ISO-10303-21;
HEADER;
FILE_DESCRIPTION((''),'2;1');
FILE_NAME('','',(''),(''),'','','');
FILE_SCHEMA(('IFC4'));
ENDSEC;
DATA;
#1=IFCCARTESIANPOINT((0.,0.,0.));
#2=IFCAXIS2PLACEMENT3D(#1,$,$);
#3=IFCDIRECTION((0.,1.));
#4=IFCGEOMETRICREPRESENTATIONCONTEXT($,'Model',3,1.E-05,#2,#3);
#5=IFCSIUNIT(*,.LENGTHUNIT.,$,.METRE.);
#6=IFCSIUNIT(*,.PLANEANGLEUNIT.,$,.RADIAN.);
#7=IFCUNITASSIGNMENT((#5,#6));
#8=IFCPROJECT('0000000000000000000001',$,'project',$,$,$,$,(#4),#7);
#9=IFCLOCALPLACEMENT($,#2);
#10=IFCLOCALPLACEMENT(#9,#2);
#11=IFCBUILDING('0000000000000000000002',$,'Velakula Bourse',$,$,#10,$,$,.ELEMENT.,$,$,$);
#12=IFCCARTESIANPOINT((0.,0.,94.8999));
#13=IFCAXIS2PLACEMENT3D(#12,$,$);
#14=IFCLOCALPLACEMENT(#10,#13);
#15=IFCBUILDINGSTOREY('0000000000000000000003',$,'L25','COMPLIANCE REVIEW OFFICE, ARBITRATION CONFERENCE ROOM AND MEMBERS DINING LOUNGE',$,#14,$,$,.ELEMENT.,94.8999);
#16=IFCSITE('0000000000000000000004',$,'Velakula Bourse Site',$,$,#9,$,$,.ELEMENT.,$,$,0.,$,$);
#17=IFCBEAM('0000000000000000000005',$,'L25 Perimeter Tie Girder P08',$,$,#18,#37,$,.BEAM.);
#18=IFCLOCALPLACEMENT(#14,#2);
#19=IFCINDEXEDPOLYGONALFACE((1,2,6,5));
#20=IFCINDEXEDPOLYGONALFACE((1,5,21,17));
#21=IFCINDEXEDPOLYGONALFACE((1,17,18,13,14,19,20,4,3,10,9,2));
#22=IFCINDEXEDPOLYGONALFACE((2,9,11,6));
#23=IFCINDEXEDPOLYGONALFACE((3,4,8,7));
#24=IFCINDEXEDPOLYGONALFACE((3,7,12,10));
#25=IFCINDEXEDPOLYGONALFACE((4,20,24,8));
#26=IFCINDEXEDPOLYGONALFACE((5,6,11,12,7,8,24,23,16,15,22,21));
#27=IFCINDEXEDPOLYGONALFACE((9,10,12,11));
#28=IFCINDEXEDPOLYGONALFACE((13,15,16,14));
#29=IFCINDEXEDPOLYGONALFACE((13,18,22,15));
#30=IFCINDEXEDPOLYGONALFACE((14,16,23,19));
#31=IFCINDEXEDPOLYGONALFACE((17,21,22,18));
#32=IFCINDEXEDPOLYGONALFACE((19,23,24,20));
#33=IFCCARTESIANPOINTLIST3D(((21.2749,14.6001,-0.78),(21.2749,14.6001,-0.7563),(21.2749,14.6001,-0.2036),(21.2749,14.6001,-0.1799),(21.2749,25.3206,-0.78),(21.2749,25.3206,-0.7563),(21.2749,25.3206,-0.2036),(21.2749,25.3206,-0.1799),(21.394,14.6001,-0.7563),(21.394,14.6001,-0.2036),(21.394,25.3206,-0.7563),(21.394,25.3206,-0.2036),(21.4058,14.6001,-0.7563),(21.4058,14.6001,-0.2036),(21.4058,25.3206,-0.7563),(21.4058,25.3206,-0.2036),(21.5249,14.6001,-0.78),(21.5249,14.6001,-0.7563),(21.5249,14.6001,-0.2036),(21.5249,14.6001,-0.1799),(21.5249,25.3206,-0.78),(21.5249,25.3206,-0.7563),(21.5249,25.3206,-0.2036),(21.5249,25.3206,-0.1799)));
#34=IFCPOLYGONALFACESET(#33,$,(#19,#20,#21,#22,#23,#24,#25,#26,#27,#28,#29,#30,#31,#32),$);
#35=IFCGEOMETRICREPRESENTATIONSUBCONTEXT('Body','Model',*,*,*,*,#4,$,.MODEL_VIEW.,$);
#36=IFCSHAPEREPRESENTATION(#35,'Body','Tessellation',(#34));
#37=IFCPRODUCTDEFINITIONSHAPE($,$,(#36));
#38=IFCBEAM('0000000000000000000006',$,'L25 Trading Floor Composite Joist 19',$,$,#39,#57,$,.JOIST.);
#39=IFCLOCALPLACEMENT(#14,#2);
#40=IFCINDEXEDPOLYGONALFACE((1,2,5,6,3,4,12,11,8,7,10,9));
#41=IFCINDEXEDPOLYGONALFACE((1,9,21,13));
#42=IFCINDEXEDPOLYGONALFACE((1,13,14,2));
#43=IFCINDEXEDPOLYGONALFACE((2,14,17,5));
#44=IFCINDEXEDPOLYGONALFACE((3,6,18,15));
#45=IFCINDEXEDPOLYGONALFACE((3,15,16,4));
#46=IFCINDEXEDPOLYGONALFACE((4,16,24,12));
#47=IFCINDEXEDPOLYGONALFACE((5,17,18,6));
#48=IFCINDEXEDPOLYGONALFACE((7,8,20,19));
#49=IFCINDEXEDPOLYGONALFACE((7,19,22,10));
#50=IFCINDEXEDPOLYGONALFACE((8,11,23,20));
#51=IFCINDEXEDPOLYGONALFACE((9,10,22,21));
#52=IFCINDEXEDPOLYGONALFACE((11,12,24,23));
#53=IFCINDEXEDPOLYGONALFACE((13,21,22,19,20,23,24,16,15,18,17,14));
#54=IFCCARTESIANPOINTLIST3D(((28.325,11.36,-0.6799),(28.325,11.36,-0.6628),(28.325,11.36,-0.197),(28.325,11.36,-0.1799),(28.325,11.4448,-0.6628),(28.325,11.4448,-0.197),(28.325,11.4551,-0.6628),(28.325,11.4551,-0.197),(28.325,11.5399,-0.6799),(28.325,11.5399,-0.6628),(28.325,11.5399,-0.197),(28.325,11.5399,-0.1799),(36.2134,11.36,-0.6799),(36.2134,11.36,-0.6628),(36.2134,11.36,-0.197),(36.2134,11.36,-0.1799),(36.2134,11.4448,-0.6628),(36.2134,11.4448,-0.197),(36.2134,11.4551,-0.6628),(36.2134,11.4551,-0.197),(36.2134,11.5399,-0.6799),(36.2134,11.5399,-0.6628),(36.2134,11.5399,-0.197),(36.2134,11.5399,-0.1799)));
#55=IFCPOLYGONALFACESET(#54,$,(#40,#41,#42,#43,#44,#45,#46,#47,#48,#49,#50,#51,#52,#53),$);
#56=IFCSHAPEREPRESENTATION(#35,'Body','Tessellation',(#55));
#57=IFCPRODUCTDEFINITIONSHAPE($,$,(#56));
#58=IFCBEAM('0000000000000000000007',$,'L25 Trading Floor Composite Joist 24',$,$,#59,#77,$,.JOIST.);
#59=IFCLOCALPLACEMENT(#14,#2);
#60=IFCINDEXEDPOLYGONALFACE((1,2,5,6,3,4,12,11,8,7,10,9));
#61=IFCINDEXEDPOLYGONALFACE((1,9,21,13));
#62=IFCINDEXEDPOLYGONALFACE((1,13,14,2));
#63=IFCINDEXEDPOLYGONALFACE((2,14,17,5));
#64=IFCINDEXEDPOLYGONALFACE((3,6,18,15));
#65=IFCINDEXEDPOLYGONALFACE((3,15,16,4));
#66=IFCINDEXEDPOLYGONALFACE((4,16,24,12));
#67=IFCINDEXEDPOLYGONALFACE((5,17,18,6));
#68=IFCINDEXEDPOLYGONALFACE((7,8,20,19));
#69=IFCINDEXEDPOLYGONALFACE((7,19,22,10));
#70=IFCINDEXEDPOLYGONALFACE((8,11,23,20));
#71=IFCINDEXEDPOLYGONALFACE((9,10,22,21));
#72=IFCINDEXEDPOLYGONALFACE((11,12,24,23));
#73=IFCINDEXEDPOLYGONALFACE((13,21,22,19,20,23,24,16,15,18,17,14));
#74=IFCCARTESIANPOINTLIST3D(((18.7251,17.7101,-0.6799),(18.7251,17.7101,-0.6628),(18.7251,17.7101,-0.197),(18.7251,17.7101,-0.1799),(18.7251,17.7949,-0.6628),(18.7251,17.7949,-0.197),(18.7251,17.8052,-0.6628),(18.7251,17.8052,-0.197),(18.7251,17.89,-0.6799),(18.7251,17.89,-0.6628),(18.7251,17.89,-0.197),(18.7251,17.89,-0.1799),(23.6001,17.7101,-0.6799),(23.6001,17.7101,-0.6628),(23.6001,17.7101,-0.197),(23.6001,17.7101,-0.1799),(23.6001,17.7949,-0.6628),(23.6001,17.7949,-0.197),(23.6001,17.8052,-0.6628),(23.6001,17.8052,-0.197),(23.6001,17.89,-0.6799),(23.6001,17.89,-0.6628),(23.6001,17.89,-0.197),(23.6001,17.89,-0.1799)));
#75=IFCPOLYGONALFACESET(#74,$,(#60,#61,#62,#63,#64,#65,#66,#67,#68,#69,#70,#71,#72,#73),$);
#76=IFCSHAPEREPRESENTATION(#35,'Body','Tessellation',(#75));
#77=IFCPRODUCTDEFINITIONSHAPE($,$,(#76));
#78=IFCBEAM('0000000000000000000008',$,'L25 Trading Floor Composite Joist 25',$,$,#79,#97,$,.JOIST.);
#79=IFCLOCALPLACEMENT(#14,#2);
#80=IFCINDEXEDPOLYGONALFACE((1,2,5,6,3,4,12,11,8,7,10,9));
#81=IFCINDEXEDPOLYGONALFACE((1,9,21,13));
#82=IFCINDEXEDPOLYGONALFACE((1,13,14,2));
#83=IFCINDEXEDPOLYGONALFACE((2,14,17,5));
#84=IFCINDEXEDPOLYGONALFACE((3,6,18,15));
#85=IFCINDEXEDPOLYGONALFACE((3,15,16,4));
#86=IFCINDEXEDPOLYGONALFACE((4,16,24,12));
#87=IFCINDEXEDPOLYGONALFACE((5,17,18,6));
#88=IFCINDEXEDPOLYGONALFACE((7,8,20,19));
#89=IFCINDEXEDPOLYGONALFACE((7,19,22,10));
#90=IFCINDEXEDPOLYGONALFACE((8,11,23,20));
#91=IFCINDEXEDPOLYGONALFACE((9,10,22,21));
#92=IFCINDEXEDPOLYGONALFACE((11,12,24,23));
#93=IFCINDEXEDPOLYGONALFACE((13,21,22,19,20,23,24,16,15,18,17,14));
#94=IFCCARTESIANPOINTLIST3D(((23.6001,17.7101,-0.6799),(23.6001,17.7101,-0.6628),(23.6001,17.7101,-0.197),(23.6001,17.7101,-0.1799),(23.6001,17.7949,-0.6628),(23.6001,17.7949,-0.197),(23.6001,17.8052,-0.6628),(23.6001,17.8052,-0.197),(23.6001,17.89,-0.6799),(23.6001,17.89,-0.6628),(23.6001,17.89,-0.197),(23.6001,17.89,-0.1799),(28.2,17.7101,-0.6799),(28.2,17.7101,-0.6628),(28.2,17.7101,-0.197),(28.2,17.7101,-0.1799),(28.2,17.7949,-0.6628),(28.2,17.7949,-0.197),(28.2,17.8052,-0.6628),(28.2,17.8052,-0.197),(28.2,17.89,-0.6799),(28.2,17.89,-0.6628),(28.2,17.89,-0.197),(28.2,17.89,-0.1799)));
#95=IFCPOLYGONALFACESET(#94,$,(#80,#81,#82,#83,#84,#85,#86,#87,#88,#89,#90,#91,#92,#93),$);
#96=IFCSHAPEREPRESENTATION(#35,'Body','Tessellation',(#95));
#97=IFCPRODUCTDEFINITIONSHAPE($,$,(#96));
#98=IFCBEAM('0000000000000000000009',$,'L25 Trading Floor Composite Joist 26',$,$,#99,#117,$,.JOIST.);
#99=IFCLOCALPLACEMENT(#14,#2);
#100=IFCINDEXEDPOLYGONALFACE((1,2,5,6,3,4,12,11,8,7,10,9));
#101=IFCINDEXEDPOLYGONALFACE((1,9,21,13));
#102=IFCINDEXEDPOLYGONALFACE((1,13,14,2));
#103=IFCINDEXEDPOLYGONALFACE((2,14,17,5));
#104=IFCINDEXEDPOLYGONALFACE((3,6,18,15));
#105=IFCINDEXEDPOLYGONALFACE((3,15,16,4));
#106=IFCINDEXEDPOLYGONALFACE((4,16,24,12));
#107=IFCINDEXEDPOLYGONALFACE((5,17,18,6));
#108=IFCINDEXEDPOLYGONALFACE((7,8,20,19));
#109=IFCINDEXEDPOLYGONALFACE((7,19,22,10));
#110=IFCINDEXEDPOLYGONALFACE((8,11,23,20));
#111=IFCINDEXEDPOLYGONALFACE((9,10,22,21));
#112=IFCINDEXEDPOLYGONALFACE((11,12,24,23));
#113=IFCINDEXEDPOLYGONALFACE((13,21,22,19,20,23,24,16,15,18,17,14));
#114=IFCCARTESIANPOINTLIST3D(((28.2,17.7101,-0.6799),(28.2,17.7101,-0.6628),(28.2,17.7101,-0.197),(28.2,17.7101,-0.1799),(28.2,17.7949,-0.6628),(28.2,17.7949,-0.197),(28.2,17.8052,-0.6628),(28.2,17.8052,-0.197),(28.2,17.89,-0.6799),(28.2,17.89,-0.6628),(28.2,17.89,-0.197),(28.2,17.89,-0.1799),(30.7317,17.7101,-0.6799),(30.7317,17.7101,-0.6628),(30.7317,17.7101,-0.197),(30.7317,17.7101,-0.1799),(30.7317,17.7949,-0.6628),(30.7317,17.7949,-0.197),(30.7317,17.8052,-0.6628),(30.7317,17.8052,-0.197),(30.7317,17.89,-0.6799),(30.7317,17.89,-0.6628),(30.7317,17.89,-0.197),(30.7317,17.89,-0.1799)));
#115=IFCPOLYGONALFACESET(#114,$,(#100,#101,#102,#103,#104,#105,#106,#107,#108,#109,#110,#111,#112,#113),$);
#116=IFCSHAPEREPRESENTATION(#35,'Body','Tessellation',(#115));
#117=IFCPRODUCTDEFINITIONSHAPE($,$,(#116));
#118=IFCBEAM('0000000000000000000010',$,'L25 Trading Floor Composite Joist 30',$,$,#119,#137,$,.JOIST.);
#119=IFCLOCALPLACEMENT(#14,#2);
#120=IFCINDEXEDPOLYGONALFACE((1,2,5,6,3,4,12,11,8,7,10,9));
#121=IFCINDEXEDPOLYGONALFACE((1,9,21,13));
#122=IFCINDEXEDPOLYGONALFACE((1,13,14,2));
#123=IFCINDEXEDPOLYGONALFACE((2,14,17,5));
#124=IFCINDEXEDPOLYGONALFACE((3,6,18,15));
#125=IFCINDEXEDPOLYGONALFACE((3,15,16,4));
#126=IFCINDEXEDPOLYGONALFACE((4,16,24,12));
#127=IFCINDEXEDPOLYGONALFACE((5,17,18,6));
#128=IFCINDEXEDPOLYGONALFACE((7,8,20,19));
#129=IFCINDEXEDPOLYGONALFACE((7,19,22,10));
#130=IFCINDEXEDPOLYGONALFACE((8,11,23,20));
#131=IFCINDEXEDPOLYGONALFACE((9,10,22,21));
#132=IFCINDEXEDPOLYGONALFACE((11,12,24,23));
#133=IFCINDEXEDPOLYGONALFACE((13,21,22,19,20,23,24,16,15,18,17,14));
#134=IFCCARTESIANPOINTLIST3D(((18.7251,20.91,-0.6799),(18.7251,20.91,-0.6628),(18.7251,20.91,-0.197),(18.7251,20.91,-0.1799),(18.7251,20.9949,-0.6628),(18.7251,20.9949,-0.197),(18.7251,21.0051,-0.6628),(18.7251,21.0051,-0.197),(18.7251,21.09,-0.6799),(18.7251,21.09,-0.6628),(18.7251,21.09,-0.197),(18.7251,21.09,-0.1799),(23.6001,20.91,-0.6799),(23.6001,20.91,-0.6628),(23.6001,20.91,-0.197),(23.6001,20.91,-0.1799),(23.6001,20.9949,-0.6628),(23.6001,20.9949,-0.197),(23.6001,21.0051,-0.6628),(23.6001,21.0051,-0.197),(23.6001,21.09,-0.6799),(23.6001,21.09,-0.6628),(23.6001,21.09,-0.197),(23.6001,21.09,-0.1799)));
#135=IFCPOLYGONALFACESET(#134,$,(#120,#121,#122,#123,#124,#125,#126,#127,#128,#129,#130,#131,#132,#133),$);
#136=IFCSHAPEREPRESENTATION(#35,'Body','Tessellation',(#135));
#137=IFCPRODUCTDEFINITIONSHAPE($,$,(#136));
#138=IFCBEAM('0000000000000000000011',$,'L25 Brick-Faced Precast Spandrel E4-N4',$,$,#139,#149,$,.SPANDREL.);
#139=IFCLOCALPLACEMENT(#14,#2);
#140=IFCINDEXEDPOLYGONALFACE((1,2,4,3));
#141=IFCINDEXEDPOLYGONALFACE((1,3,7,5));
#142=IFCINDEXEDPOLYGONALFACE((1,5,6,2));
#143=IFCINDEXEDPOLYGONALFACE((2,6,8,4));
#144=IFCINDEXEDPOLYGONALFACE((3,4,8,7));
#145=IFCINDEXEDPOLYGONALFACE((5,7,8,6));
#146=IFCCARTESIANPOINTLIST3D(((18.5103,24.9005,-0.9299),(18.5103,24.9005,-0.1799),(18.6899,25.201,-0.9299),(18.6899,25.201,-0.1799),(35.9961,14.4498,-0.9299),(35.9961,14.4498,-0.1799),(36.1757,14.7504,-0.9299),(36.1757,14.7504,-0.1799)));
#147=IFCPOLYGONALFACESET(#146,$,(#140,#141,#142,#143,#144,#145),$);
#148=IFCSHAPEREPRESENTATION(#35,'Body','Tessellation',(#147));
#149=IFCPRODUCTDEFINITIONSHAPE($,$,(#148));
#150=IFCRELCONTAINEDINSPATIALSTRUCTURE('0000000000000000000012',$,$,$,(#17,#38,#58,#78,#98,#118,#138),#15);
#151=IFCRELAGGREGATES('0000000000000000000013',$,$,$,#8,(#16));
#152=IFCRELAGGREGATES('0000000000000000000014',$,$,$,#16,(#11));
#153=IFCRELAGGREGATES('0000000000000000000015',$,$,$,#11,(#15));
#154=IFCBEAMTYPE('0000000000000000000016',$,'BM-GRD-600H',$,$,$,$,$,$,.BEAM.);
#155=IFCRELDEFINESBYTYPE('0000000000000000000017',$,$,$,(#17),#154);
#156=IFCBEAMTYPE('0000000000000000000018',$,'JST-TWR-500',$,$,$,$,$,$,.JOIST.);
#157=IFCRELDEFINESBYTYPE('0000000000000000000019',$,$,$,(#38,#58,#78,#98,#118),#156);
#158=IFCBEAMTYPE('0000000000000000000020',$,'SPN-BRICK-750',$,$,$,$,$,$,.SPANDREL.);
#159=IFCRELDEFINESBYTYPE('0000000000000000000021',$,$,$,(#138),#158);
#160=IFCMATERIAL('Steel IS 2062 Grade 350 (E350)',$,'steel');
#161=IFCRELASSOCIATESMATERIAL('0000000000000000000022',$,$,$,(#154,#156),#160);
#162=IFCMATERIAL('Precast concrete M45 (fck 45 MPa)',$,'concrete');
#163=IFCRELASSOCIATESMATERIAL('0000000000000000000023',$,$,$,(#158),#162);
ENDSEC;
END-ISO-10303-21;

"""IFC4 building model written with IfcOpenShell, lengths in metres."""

from ifc_helpers import new_model, si_unit, direction, frame, origin, origin_2d, place, context, subcontext, project, spatial, rectangle, i_section, extrude, material, material_profile, profile_set, type_object, element, save


model = new_model("IFC4")

# Units and contexts
model_context = context("Model", 3, precision=1e-05, world=origin(), true_north=direction((0.0, 1.0)))
body_context = subcontext(model_context, "Body", "Model", "MODEL_VIEW")
ifc_project = project(units=[si_unit("LENGTHUNIT", "METRE"), si_unit("PLANEANGLEUNIT", "RADIAN")], contexts=[model_context])

# Site, building, storey
site_placement = place(None, origin())
site = spatial("IfcSite", under=ifc_project, at=site_placement, Name="Velakula Bourse Site", CompositionType="ELEMENT", RefElevation=0.0)
building_placement = place(site_placement, origin())
building = spatial("IfcBuilding", under=site, at=building_placement, Name="Velakula Bourse", CompositionType="ELEMENT")
storey_placement = place(building_placement, frame((0.0, 0.0, 94.8999)))
storey = spatial("IfcBuildingStorey", under=building, at=storey_placement, Name="L25", Description="COMPLIANCE REVIEW OFFICE, ARBITRATION CONFERENCE ROOM AND MEMBERS DINING LOUNGE", CompositionType="ELEMENT", Elevation=94.8999)

# Shared definitions
ifc_material_1 = material(Name="Precast concrete M45 (fck 45 MPa)", Category="concrete")

# Beams
ifc_material_2 = material(Name="Steel IS 2062 Grade 350 (E350)", Category="steel")
ifc_material_profile_1 = material_profile(ifc_material_2, i_section(OverallWidth=0.25, OverallDepth=0.6001, WebThickness=0.0117, FlangeThickness=0.0237, at=origin_2d()), Name="Steel IS 2062 Grade 350 (E350)")
ifc_profile_set_1 = profile_set([ifc_material_profile_1], Name="Steel IS 2062 Grade 350 (E350)")
beam_type_1 = type_object("IfcBeamType", Name="BM-GRD-600H", PredefinedType="BEAM", material=ifc_profile_set_1)
beam_1_placement = place(storey_placement, frame((21.3999, 14.6001, -0.48), z_axis=(0.0, 1.0, 0.0), x_axis=(-1.0, 0.0, 0.0)))
element("IfcBeam", 1, at=beam_1_placement, inside=storey, type_object=beam_type_1, Name="L25 Perimeter Tie Girder P08", PredefinedType="BEAM", context=body_context, shape_type="SweptSolid", body=[
    extrude(i_section(OverallWidth=0.25, OverallDepth=0.6001, WebThickness=0.0117, FlangeThickness=0.0237, at=origin_2d()), origin(), (0.0, 0.0, 1.0), 10.7205),
])
ifc_material_profile_2 = material_profile(ifc_material_2, i_section(OverallWidth=0.1799, OverallDepth=0.5, WebThickness=0.0103, FlangeThickness=0.0171, at=origin_2d()), Name="Steel IS 2062 Grade 350 (E350)")
ifc_profile_set_2 = profile_set([ifc_material_profile_2], Name="Steel IS 2062 Grade 350 (E350)")
beam_type_2 = type_object("IfcBeamType", Name="JST-TWR-500", PredefinedType="JOIST", material=ifc_profile_set_2)
beam_2_placement = place(storey_placement, frame((28.325, 11.45, -0.4299), z_axis=(1.0, 0.0, 0.0), x_axis=(0.0, 1.0, 0.0)))
element("IfcBeam", 2, at=beam_2_placement, inside=storey, type_object=beam_type_2, Name="L25 Trading Floor Composite Joist 19", PredefinedType="JOIST", context=body_context, shape_type="SweptSolid", body=[
    extrude(i_section(OverallWidth=0.1799, OverallDepth=0.5, WebThickness=0.0103, FlangeThickness=0.0171, at=origin_2d()), origin(), (0.0, 0.0, 1.0), 7.8884),
])
beam_3_placement = place(storey_placement, frame((18.7251, 17.8, -0.4299), z_axis=(1.0, 0.0, 0.0), x_axis=(0.0, 1.0, 0.0)))
element("IfcBeam", 3, at=beam_3_placement, inside=storey, type_object=beam_type_2, Name="L25 Trading Floor Composite Joist 24", PredefinedType="JOIST", context=body_context, shape_type="SweptSolid", body=[
    extrude(i_section(OverallWidth=0.1799, OverallDepth=0.5, WebThickness=0.0103, FlangeThickness=0.0171, at=origin_2d()), origin(), (0.0, 0.0, 1.0), 4.875),
])
beam_4_placement = place(storey_placement, frame((23.6001, 17.8, -0.4299), z_axis=(1.0, 0.0, 0.0), x_axis=(0.0, 1.0, 0.0)))
element("IfcBeam", 4, at=beam_4_placement, inside=storey, type_object=beam_type_2, Name="L25 Trading Floor Composite Joist 25", PredefinedType="JOIST", context=body_context, shape_type="SweptSolid", body=[
    extrude(i_section(OverallWidth=0.1799, OverallDepth=0.5, WebThickness=0.0103, FlangeThickness=0.0171, at=origin_2d()), origin(), (0.0, 0.0, 1.0), 4.5999),
])
beam_5_placement = place(storey_placement, frame((28.2, 17.8, -0.4299), z_axis=(1.0, 0.0, 0.0), x_axis=(0.0, 1.0, 0.0)))
element("IfcBeam", 5, at=beam_5_placement, inside=storey, type_object=beam_type_2, Name="L25 Trading Floor Composite Joist 26", PredefinedType="JOIST", context=body_context, shape_type="SweptSolid", body=[
    extrude(i_section(OverallWidth=0.1799, OverallDepth=0.5, WebThickness=0.0103, FlangeThickness=0.0171, at=origin_2d()), origin(), (0.0, 0.0, 1.0), 2.5317),
])
beam_6_placement = place(storey_placement, frame((18.7251, 21.0, -0.4299), z_axis=(1.0, 0.0, 0.0), x_axis=(0.0, 1.0, 0.0)))
element("IfcBeam", 6, at=beam_6_placement, inside=storey, type_object=beam_type_2, Name="L25 Trading Floor Composite Joist 30", PredefinedType="JOIST", context=body_context, shape_type="SweptSolid", body=[
    extrude(i_section(OverallWidth=0.1799, OverallDepth=0.5, WebThickness=0.0103, FlangeThickness=0.0171, at=origin_2d()), origin(), (0.0, 0.0, 1.0), 4.875),
])
ifc_material_profile_3 = material_profile(ifc_material_1, rectangle(XDim=0.3501, YDim=0.75, at=origin_2d()), Name="Precast concrete M45 (fck 45 MPa)")
ifc_profile_set_3 = profile_set([ifc_material_profile_3], Name="Precast concrete M45 (fck 45 MPa)")
beam_type_3 = type_object("IfcBeamType", Name="SPN-BRICK-750", PredefinedType="SPANDREL", material=ifc_profile_set_3)
beam_7_placement = place(storey_placement, frame((36.0859, 14.6001, -0.5549), z_axis=(-0.858376, 0.513022, 0.0), x_axis=(-0.513022, -0.858376, 0.0)))
element("IfcBeam", 7, at=beam_7_placement, inside=storey, type_object=beam_type_3, Name="L25 Brick-Faced Precast Spandrel E4-N4", PredefinedType="SPANDREL", context=body_context, shape_type="SweptSolid", body=[
    extrude(rectangle(XDim=0.3501, YDim=0.75, at=origin_2d()), origin(), (0.0, 0.0, 1.0), 20.3708),
])

save(model, "model.ifc")
